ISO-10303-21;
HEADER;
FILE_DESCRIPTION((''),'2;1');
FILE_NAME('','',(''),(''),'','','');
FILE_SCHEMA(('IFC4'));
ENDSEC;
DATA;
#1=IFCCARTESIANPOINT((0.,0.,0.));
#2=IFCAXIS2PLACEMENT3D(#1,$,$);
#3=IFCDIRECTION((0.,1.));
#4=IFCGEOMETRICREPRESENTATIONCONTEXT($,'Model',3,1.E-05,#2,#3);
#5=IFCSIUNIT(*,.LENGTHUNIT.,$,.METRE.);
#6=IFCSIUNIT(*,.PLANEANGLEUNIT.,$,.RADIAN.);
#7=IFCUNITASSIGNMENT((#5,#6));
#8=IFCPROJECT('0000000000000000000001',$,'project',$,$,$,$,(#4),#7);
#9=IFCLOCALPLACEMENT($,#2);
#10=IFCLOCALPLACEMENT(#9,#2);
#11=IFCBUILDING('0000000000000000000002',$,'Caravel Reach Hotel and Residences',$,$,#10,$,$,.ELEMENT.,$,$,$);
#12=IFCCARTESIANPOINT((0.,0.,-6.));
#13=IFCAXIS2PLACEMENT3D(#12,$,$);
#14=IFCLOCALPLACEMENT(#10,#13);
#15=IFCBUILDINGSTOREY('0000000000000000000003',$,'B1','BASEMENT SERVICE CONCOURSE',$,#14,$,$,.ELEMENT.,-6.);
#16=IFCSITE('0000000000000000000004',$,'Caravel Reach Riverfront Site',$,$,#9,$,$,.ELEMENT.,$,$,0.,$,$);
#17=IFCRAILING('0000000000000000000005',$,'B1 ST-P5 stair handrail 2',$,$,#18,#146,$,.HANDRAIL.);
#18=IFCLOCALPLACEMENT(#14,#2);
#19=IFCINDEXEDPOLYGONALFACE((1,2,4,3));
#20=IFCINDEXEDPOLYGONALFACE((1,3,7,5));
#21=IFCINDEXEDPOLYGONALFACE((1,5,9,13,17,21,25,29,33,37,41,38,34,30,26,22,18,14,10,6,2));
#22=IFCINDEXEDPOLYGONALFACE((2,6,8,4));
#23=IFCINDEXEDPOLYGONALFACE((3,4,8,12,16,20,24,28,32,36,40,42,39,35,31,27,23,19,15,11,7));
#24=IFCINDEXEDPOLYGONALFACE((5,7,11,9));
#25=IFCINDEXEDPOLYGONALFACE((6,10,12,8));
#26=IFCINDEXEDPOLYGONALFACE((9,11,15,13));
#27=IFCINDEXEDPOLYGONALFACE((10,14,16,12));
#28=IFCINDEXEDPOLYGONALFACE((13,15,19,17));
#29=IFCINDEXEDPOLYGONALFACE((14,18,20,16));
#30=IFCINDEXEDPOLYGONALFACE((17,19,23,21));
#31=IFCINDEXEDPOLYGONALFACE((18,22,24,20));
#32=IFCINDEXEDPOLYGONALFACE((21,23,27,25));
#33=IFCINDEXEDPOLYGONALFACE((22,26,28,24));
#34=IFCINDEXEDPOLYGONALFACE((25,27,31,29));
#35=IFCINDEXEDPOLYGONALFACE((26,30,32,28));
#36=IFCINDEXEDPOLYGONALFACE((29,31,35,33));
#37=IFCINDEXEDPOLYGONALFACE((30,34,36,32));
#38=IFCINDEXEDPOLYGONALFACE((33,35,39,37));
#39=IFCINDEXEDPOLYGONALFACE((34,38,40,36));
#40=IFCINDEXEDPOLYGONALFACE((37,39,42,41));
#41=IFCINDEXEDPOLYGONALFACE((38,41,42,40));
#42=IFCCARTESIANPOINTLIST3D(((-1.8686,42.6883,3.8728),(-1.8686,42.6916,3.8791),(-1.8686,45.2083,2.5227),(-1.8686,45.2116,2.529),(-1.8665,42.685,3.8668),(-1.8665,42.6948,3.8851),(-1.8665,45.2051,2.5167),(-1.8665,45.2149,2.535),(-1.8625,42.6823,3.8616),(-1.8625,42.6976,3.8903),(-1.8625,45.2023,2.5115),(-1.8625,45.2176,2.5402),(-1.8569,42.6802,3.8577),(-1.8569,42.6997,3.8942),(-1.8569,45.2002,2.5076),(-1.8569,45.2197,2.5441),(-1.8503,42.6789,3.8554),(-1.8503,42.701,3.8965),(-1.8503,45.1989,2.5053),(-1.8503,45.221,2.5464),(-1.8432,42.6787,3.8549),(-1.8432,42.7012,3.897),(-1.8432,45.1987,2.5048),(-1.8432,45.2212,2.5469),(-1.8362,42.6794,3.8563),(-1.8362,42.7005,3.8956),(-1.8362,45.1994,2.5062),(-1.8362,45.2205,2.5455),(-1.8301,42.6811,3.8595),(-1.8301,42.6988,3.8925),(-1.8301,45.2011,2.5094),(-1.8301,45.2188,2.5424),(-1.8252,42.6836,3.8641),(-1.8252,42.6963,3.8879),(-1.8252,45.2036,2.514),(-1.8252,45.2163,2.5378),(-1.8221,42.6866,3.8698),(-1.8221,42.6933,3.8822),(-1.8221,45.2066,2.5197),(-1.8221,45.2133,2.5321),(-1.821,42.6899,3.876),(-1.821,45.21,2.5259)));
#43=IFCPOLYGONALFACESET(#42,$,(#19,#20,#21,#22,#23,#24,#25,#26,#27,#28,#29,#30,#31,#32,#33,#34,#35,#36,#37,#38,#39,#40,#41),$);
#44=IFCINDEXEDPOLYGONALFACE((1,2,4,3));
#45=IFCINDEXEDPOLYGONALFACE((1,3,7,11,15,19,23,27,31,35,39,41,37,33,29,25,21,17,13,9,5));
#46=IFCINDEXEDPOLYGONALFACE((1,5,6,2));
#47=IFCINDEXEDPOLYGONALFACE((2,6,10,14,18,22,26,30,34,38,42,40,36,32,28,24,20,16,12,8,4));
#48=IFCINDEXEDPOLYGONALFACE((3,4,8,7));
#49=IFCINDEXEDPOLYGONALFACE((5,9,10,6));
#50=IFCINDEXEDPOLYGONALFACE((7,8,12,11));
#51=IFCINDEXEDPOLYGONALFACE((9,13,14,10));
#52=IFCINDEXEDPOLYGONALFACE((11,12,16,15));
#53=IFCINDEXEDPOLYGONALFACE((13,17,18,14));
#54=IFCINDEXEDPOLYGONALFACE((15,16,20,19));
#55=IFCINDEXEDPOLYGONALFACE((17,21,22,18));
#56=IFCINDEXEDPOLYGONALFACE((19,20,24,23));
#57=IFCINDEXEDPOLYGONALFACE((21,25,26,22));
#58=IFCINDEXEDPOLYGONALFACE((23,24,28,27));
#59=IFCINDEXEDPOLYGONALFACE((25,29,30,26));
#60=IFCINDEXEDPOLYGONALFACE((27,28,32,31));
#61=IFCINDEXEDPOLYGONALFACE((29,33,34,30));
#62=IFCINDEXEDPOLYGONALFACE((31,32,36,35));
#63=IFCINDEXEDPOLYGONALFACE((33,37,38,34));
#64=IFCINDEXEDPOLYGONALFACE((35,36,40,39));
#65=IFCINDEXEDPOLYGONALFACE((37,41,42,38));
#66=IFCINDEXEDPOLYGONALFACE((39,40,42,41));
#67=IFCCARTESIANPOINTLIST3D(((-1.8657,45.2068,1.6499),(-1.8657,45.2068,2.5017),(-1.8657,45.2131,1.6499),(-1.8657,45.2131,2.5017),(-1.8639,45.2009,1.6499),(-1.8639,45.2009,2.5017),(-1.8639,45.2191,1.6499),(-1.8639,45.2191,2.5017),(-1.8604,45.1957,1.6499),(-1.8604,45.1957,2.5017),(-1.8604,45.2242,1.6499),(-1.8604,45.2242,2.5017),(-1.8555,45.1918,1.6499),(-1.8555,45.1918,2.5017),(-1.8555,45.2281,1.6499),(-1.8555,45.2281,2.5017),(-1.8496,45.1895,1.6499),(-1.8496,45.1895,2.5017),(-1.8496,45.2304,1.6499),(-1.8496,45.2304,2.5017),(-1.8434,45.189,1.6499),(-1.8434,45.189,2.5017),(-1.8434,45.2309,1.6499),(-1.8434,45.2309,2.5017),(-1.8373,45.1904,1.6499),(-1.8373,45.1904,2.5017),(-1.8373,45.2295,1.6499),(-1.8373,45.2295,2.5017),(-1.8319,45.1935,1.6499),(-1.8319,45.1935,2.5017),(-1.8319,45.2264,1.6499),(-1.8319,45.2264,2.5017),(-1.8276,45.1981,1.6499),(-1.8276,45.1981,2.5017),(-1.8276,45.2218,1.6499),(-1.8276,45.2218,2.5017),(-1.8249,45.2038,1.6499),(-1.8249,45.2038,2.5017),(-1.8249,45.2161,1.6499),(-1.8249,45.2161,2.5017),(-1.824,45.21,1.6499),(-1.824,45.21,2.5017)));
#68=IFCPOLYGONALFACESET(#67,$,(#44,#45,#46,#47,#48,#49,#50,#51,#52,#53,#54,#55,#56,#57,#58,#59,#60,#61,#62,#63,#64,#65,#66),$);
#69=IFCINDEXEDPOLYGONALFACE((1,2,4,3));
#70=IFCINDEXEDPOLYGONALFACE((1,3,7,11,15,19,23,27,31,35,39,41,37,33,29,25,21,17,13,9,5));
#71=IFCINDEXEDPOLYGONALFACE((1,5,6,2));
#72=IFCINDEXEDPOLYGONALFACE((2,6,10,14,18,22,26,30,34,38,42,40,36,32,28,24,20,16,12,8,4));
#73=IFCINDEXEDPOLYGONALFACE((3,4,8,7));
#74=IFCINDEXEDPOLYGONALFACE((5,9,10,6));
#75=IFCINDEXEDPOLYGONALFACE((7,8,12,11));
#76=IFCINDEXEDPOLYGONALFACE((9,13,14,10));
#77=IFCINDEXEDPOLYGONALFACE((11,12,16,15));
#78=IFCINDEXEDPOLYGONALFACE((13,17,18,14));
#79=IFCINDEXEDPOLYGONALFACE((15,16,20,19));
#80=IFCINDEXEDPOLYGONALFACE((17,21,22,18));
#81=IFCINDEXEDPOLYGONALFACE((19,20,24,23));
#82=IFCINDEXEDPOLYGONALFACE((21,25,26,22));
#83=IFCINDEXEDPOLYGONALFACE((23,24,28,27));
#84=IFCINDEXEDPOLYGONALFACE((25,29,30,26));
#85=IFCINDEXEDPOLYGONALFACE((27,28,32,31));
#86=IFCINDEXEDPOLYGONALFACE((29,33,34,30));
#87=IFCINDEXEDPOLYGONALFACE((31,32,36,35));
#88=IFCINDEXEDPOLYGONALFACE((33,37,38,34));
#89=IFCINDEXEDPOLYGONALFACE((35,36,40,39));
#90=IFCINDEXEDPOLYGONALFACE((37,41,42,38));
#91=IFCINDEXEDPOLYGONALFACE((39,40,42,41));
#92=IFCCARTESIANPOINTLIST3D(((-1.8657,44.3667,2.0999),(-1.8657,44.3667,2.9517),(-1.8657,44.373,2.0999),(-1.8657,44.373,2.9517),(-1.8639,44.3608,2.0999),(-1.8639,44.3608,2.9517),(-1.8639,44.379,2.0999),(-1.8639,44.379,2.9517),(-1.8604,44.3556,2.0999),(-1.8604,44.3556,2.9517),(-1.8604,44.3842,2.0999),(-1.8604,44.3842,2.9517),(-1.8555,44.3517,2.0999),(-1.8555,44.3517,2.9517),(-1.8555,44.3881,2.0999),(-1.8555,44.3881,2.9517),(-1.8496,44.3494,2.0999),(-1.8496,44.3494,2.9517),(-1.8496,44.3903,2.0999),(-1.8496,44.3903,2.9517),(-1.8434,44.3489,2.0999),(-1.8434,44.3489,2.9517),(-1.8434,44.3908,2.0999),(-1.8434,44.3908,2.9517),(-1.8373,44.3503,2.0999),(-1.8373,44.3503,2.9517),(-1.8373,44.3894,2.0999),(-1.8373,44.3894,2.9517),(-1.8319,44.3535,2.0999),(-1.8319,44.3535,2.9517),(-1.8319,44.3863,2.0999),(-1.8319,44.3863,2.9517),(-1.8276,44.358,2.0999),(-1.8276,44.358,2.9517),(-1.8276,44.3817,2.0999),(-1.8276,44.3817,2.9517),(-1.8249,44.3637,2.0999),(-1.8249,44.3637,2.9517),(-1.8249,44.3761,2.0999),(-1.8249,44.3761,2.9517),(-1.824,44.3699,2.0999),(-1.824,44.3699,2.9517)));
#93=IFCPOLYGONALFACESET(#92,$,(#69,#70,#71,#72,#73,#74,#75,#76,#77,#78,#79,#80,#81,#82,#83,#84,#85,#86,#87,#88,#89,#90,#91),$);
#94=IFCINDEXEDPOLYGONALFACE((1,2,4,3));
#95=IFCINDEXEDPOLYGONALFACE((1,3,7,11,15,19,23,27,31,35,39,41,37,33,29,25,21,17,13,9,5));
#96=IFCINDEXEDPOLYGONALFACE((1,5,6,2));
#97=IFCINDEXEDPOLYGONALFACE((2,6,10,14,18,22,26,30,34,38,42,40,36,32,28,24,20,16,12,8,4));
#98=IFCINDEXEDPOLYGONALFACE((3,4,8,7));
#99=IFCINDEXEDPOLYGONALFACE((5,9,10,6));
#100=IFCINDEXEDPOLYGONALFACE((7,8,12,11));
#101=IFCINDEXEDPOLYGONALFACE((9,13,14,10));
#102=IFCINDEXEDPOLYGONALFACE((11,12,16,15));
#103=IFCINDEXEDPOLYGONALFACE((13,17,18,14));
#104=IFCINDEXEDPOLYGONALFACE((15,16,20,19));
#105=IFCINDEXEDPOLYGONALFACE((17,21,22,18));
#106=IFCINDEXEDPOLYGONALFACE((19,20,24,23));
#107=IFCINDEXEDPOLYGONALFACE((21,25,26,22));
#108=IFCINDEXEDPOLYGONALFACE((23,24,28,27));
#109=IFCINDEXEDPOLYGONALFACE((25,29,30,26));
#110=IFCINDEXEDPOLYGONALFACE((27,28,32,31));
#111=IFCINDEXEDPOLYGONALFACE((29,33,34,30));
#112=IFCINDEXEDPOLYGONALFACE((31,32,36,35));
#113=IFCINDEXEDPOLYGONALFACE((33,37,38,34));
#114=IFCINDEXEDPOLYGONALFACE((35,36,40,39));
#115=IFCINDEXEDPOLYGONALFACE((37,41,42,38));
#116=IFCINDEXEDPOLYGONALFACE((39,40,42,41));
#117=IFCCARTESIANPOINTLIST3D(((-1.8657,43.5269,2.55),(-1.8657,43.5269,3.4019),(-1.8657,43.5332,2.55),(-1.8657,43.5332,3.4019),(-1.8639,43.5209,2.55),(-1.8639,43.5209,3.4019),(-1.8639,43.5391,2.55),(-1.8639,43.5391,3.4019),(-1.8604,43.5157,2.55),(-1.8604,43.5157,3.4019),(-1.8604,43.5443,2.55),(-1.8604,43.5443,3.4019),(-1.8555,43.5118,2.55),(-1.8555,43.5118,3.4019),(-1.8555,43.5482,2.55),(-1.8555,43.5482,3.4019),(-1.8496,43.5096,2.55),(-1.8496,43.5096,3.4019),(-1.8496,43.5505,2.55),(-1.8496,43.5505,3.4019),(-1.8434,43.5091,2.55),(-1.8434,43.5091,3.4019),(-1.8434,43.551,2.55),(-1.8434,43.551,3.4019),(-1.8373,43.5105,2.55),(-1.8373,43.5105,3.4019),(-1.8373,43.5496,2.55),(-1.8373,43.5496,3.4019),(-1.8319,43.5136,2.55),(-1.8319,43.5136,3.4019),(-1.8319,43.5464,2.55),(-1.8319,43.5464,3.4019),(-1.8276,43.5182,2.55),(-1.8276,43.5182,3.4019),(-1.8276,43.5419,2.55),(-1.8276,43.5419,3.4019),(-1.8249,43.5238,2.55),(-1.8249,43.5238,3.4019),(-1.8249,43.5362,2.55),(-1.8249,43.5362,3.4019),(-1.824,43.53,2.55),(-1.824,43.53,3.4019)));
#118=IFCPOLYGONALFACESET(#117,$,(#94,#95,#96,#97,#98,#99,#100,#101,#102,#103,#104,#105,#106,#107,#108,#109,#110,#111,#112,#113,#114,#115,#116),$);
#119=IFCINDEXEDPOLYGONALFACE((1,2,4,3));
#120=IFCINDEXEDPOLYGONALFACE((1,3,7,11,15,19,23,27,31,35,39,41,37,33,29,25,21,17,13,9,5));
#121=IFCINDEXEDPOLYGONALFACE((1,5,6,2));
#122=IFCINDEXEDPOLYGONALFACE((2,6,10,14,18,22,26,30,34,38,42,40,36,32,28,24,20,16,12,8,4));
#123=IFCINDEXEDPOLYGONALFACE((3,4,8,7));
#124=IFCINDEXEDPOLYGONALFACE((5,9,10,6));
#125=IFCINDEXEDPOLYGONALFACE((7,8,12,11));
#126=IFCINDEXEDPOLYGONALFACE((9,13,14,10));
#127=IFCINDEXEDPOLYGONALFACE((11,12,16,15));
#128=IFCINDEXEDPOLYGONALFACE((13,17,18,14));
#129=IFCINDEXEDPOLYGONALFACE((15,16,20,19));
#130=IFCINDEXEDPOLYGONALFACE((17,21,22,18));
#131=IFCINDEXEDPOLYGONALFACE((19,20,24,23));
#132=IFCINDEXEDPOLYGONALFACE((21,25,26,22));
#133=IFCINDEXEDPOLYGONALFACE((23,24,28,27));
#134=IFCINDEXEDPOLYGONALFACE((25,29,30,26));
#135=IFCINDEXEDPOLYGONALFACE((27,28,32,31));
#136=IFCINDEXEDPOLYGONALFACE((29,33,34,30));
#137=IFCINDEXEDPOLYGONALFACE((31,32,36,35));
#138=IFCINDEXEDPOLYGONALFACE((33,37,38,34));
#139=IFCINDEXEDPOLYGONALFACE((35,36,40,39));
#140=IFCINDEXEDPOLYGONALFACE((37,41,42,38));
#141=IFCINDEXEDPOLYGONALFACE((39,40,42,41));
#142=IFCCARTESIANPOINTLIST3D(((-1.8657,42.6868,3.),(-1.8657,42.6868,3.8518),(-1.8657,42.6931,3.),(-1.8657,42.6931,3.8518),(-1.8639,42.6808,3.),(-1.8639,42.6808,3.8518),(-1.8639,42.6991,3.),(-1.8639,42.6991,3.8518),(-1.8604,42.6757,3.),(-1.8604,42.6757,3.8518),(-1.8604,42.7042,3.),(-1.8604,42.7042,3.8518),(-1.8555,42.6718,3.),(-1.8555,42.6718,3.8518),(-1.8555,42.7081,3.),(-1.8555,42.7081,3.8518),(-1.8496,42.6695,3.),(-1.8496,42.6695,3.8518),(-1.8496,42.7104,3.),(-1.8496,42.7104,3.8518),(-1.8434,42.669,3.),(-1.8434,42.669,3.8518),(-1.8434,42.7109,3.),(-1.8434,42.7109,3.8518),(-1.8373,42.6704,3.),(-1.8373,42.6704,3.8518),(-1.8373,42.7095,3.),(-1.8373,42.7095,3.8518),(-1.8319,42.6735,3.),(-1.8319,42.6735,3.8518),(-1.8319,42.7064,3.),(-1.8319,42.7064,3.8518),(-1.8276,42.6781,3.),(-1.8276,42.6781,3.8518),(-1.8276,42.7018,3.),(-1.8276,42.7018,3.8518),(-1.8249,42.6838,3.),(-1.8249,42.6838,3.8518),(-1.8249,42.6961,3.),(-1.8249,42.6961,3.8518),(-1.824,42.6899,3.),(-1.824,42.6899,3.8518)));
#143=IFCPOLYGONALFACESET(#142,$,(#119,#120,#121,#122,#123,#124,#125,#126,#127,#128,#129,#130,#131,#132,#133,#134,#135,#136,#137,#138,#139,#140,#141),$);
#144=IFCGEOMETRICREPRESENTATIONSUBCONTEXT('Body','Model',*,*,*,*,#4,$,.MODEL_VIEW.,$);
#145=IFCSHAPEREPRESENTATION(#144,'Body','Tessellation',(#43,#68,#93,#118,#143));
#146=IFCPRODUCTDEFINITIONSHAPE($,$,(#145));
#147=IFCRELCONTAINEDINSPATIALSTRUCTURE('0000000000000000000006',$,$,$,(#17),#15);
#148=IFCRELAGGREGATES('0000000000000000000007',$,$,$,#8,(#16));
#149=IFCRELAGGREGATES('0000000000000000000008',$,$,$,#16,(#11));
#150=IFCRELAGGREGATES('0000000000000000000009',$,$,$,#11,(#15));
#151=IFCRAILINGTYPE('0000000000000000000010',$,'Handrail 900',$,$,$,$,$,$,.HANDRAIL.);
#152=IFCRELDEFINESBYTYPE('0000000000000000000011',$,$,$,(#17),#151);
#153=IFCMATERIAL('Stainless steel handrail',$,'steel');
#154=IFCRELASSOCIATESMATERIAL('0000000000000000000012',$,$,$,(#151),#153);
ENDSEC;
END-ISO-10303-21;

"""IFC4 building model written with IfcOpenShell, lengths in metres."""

from ifc_helpers import new_model, si_unit, direction, frame, origin, origin_2d, place, context, subcontext, project, spatial, circle, extrude, material, type_object, element, save


model = new_model("IFC4")

# Units and contexts
model_context = context("Model", 3, precision=1e-05, world=origin(), true_north=direction((0.0, 1.0)))
body_context = subcontext(model_context, "Body", "Model", "MODEL_VIEW")
ifc_project = project(units=[si_unit("LENGTHUNIT", "METRE"), si_unit("PLANEANGLEUNIT", "RADIAN")], contexts=[model_context])

# Site, building, storey
site_placement = place(None, origin())
site = spatial("IfcSite", under=ifc_project, at=site_placement, Name="Caravel Reach Riverfront Site", CompositionType="ELEMENT", RefElevation=0.0)
building_placement = place(site_placement, origin())
building = spatial("IfcBuilding", under=site, at=building_placement, Name="Caravel Reach Hotel and Residences", CompositionType="ELEMENT")
storey_placement = place(building_placement, frame((0.0, 0.0, -6.0)))
storey = spatial("IfcBuildingStorey", under=building, at=storey_placement, Name="B1", Description="BASEMENT SERVICE CONCOURSE", CompositionType="ELEMENT", Elevation=-6.0)

# Railing
ifc_material_1 = material(Name="Stainless steel handrail", Category="steel")
railing_type_1 = type_object("IfcRailingType", Name="Handrail 900", PredefinedType="HANDRAIL", material=ifc_material_1)
for number, where, name in (
    (1, (-1.845, 45.21, 1.6499), "B1 ST-P5 stair handrail 2"),
):
    element("IfcRailing", number, at=place(storey_placement, frame(where)), inside=storey, type_object=railing_type_1, Name=name, PredefinedType="HANDRAIL", context=body_context, shape_type="SweptSolid", body=[
        extrude(circle(Radius=0.0239, at=origin_2d()), frame((0.0, 0.0, 0.876), z_axis=(0.0, -0.881467, 0.472245), x_axis=(1.0, 0.0, 0.0)), (0.0, 0.0, 1.0), 2.8589),
        extrude(circle(Radius=0.021, at=origin_2d()), origin(), (0.0, 0.0, 1.0), 0.8518),
        extrude(circle(Radius=0.021, at=origin_2d()), frame((0.0, -0.8401, 0.45)), (0.0, 0.0, 1.0), 0.8518),
        extrude(circle(Radius=0.021, at=origin_2d()), frame((0.0, -1.6799, 0.9001)), (0.0, 0.0, 1.0), 0.8518),
        extrude(circle(Radius=0.021, at=origin_2d()), frame((0.0, -2.52, 1.3501)), (0.0, 0.0, 1.0), 0.8518),
    ])

save(model, "model.ifc")
